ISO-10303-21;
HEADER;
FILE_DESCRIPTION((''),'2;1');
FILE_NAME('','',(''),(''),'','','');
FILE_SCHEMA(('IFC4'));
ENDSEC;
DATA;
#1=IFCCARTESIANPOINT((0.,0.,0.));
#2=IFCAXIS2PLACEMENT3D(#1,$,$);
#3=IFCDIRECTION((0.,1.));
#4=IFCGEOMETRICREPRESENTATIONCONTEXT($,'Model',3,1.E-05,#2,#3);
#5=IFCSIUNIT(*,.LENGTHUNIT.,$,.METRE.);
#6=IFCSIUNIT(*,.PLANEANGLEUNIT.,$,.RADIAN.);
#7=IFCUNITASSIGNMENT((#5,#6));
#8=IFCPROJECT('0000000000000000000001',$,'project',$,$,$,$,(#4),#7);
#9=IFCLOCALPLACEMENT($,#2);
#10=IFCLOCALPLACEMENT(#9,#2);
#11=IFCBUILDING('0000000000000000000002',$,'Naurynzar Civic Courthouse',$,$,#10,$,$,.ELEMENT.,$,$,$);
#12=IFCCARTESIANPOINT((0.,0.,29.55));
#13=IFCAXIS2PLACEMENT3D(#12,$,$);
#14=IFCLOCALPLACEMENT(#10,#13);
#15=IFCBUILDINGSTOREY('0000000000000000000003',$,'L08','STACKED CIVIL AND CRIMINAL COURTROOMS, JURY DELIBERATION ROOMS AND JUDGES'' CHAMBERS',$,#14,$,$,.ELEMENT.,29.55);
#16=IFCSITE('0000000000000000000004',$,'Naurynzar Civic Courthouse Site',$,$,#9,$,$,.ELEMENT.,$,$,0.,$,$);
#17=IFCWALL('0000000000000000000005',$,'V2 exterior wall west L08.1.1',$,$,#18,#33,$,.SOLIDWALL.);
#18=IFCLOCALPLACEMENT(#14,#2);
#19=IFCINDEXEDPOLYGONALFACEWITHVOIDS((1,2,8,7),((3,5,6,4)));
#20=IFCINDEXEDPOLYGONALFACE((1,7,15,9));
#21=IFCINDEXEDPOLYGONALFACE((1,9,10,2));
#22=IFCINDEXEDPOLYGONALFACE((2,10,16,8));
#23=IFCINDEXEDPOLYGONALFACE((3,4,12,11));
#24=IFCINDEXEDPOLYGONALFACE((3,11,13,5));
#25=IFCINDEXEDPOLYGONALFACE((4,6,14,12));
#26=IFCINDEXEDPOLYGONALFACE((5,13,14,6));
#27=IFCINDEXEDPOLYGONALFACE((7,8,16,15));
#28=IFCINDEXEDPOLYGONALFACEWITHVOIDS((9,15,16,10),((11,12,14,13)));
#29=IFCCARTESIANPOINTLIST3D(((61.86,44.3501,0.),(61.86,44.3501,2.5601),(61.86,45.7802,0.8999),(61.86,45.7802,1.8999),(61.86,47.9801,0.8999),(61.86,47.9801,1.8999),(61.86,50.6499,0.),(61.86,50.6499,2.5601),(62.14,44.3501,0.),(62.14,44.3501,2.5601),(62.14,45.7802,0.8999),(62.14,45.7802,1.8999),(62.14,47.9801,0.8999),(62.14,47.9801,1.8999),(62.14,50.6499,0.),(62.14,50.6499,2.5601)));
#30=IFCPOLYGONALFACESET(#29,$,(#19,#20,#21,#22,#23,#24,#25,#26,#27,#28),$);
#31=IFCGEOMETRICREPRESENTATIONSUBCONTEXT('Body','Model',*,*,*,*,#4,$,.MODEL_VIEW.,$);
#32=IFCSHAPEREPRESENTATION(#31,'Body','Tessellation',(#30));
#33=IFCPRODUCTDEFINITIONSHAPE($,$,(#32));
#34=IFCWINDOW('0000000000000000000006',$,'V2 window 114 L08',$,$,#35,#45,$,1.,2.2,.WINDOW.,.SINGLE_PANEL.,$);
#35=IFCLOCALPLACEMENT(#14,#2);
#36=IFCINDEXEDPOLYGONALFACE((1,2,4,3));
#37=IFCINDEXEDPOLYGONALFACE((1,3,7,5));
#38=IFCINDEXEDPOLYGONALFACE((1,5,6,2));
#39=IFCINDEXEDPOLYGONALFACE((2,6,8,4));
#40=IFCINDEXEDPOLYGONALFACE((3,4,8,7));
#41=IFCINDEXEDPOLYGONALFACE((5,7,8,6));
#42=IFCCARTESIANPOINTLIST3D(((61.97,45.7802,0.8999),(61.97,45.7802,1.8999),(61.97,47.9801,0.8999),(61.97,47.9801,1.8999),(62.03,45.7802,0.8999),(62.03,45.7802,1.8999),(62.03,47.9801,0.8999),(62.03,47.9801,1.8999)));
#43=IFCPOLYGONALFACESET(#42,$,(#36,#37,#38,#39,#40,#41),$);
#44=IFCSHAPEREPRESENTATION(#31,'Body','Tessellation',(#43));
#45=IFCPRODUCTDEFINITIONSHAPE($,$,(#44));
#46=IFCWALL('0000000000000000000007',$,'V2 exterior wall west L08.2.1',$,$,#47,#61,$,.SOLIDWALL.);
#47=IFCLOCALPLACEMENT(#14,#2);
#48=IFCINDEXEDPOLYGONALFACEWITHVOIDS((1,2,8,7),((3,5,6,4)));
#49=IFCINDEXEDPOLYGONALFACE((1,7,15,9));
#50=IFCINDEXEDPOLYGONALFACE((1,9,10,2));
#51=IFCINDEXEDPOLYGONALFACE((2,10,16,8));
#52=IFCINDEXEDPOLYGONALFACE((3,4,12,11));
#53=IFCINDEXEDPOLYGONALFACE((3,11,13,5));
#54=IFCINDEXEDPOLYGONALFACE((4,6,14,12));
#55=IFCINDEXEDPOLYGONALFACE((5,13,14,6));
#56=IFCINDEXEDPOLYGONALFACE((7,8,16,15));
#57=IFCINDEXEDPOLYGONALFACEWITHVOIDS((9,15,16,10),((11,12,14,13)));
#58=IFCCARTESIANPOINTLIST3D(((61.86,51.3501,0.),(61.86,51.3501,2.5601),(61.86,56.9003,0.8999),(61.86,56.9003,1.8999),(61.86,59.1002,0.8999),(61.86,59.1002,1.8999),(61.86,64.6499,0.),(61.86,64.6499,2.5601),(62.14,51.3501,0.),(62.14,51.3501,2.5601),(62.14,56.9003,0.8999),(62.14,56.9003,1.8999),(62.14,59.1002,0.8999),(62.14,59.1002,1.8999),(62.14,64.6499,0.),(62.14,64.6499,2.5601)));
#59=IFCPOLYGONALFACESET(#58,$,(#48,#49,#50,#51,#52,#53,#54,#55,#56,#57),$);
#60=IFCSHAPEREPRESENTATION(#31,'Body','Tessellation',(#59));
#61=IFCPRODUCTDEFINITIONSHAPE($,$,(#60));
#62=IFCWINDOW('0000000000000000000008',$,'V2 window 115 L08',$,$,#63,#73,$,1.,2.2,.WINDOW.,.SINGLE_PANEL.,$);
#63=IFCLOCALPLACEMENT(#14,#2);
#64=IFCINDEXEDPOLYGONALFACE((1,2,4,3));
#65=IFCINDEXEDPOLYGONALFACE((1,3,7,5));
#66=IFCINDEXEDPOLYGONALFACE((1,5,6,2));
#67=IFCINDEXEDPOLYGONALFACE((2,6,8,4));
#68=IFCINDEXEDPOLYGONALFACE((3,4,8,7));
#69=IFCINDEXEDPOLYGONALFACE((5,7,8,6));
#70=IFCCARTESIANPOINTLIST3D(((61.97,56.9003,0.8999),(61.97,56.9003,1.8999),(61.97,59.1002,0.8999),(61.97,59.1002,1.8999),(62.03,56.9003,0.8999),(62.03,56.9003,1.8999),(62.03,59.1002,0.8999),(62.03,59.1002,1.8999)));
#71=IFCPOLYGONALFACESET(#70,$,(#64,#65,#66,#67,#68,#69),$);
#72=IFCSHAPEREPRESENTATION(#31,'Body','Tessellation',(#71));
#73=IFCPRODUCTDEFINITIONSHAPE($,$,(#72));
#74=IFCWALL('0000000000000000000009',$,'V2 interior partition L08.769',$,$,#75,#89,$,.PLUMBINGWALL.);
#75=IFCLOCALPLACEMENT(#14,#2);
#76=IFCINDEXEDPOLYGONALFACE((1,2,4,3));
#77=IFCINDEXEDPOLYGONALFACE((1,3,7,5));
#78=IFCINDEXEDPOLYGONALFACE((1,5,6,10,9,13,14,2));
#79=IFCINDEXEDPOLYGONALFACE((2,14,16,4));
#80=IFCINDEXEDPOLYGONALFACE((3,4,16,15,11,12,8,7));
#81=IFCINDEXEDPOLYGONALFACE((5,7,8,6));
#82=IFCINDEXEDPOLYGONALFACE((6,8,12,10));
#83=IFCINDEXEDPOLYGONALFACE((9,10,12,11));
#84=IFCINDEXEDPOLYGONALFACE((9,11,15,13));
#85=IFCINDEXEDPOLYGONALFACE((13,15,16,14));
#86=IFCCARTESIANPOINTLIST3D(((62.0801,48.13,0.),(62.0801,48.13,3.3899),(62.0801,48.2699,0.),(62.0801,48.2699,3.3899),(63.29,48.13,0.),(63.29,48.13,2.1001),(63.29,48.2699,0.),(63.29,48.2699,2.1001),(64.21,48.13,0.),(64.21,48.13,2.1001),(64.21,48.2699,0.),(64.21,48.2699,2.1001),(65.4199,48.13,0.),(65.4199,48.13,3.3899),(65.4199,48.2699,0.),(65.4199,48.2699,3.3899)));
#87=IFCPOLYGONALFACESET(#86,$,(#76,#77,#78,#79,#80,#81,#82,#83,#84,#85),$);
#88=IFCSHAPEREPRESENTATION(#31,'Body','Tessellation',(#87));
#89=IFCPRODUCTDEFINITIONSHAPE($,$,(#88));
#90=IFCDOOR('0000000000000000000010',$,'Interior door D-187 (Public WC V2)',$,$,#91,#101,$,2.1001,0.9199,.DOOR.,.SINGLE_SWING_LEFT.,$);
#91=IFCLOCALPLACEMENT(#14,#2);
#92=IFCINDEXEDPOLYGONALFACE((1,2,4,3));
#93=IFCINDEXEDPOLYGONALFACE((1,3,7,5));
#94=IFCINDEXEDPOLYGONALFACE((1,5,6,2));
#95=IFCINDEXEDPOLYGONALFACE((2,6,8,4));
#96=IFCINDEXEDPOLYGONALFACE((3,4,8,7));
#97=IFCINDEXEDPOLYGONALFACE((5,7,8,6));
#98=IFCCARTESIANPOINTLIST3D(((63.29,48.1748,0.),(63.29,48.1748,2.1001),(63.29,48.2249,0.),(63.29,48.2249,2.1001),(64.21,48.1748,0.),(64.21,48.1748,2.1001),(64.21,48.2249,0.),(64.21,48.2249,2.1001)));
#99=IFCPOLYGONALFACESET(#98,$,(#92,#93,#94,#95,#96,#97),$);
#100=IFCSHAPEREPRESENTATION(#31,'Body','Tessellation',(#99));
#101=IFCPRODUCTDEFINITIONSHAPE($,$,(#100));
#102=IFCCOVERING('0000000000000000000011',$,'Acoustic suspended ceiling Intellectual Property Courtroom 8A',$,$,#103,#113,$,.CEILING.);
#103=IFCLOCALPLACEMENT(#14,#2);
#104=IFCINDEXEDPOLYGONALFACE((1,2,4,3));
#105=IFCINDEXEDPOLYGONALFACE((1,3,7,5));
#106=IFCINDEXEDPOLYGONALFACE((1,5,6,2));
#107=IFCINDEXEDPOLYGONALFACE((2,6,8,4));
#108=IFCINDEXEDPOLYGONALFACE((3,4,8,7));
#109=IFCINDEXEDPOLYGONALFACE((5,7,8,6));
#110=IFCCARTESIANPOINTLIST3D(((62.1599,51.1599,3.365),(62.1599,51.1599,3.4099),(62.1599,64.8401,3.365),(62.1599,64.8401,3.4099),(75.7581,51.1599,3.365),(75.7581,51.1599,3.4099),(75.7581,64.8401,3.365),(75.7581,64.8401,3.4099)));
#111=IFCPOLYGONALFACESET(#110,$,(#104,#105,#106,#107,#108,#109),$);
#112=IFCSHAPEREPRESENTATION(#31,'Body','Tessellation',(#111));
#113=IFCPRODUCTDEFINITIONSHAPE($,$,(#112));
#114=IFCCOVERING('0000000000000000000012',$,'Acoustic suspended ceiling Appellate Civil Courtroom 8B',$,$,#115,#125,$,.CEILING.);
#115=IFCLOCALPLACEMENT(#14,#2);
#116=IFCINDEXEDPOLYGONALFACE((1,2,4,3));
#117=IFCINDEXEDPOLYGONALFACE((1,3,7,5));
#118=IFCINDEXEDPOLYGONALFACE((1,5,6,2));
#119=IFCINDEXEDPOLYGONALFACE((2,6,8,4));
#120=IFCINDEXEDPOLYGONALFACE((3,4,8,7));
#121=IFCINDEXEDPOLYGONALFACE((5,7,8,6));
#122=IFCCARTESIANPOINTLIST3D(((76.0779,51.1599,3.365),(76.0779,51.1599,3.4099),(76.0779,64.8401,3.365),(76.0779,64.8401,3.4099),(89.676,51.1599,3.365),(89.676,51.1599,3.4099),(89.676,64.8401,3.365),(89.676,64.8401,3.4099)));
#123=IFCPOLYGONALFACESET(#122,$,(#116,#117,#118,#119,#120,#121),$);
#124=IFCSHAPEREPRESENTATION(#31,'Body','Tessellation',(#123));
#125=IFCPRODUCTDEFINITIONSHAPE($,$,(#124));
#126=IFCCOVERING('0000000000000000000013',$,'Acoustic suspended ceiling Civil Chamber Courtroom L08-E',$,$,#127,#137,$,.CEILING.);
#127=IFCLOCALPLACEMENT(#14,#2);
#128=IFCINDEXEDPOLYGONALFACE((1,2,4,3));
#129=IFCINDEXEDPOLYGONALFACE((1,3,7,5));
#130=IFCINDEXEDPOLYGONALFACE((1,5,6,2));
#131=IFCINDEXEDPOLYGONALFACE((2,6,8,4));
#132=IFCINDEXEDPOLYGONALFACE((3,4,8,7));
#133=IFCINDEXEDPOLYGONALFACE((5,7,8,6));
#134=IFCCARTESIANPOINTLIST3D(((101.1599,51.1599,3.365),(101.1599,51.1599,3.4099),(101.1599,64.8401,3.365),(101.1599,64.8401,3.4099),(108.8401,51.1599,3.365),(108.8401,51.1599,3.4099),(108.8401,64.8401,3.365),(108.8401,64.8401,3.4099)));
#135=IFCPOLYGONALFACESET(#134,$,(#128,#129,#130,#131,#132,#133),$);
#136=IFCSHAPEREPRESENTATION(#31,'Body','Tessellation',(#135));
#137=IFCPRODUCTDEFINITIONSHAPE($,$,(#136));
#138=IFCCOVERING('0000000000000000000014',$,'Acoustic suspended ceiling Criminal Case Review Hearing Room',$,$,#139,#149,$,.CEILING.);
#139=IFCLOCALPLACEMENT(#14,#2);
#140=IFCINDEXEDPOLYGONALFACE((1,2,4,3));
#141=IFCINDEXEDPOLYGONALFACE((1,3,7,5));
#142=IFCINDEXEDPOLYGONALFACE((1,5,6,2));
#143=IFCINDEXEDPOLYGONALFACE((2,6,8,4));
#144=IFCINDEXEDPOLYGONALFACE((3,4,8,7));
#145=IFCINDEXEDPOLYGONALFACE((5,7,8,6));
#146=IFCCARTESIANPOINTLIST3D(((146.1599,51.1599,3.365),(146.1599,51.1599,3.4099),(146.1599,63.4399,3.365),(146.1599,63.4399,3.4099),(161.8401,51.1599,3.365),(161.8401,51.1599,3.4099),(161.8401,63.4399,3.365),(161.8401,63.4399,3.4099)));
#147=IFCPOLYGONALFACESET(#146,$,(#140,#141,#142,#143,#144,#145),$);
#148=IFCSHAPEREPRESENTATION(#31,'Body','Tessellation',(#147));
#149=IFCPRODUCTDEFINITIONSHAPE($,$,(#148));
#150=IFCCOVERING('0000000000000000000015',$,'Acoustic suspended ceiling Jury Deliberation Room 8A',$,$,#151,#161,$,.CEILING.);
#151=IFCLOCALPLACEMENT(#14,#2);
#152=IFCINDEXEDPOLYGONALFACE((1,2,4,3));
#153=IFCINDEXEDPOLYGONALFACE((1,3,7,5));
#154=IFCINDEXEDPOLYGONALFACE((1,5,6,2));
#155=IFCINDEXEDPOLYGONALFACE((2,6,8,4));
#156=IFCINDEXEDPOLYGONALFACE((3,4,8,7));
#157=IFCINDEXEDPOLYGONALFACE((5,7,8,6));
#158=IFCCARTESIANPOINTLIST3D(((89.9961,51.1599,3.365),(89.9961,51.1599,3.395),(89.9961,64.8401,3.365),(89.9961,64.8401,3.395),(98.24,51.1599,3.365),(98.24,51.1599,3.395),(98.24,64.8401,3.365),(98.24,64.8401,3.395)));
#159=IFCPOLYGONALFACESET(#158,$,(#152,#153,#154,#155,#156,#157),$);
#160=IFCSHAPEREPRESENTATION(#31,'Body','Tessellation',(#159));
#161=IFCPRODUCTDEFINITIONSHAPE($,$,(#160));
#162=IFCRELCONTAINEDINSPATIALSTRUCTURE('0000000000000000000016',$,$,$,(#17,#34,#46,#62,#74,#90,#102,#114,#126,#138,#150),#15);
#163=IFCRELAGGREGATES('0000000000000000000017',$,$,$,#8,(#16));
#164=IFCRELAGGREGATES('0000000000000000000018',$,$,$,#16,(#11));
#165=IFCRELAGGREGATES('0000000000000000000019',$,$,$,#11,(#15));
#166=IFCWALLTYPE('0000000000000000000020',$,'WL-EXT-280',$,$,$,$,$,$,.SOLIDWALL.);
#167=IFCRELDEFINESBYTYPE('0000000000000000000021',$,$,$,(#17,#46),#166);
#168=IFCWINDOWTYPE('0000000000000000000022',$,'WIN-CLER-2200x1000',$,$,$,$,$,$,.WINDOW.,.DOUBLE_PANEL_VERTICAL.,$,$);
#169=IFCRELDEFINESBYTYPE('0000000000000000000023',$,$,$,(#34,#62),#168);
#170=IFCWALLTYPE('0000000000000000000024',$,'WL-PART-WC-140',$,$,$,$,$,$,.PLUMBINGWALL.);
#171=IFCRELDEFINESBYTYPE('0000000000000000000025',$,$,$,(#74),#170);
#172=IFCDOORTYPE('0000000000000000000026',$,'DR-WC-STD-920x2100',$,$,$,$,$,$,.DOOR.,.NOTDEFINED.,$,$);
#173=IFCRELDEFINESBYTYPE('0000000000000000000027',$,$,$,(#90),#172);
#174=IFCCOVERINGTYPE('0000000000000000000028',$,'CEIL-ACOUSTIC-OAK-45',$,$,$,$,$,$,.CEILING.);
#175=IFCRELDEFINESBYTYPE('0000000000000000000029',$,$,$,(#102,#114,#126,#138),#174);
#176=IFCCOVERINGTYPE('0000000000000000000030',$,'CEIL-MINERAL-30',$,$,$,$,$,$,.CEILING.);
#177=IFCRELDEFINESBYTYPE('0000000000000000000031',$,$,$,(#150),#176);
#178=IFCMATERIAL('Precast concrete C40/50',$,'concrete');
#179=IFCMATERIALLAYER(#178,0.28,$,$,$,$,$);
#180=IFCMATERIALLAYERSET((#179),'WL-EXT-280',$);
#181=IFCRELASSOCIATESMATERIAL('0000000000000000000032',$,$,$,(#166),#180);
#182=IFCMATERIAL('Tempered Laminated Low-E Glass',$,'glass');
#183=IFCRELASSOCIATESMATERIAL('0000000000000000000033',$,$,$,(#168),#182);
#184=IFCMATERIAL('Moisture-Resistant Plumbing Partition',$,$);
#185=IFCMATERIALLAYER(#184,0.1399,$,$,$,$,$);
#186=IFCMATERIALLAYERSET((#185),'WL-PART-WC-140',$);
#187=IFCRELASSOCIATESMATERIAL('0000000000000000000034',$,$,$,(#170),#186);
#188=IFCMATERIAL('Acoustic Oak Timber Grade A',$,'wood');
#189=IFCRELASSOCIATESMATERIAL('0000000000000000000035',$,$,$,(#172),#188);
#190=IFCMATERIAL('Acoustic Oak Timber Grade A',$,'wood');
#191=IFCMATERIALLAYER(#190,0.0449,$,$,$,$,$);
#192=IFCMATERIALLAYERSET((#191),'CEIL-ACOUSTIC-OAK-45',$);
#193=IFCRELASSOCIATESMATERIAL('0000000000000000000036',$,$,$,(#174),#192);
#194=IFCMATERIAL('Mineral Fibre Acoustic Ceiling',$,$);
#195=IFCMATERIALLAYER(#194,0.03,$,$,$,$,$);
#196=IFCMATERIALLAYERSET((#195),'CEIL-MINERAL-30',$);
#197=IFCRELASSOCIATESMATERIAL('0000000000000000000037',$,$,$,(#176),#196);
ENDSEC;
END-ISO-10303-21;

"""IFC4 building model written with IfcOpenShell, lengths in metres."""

from ifc_helpers import new_model, si_unit, direction, frame, frame_2d, origin, place, context, subcontext, project, spatial, polyline, rectangle, outline, extrude, material, layer, layer_set, type_object, element, fill, save


model = new_model("IFC4")

# Units and contexts
model_context = context("Model", 3, precision=1e-05, world=origin(), true_north=direction((0.0, 1.0)))
body_context = subcontext(model_context, "Body", "Model", "MODEL_VIEW")
ifc_project = project(units=[si_unit("LENGTHUNIT", "METRE"), si_unit("PLANEANGLEUNIT", "RADIAN")], contexts=[model_context])

# Site, building, storey
site_placement = place(None, origin())
site = spatial("IfcSite", under=ifc_project, at=site_placement, Name="Naurynzar Civic Courthouse Site", CompositionType="ELEMENT", RefElevation=0.0)
building_placement = place(site_placement, origin())
building = spatial("IfcBuilding", under=site, at=building_placement, Name="Naurynzar Civic Courthouse", CompositionType="ELEMENT")
storey_placement = place(building_placement, frame((0.0, 0.0, 29.55)))
storey = spatial("IfcBuildingStorey", under=building, at=storey_placement, Name="L08", Description="STACKED CIVIL AND CRIMINAL COURTROOMS, JURY DELIBERATION ROOMS AND JUDGES' CHAMBERS", CompositionType="ELEMENT", Elevation=29.55)

# Walls, openings, windows
ifc_material_1 = material(Name="Precast concrete C40/50", Category="concrete")
ifc_layer_1 = layer(ifc_material_1, 0.28)
ifc_layer_set_1 = layer_set([ifc_layer_1], Name="WL-EXT-280")
wall_type_1 = type_object("IfcWallType", Name="WL-EXT-280", PredefinedType="SOLIDWALL", material=ifc_layer_set_1)
wall_1_placement = place(storey_placement, frame((62.0, 44.3501, 0.0), z_axis=(0.0, 0.0, 1.0), x_axis=(0.0, 1.0, 0.0)))
wall_1 = element("IfcWall", 1, at=wall_1_placement, inside=storey, type_object=wall_type_1, Name="V2 exterior wall west L08.1.1", PredefinedType="SOLIDWALL", context=body_context, shape_type="SweptSolid", body=[
    extrude(rectangle(XDim=6.2998, YDim=0.28, at=frame_2d((3.1499, 0.0))), origin(), (0.0, 0.0, 1.0), 2.5601),
])
opening_1_placement = place(wall_1_placement, frame((1.4299, 0.0, 0.8999)))
opening_1 = element("IfcOpeningElement", 2, at=opening_1_placement, cuts=wall_1, PredefinedType="OPENING", context=body_context, shape_type="SweptSolid", body=[
    extrude(rectangle(XDim=2.2, YDim=1.0, at=frame_2d((1.1001, 0.5))), frame((0.0, 0.1499, 0.0), z_axis=(0.0, -1.0, 0.0), x_axis=(1.0, 0.0, 0.0)), (0.0, 0.0, 1.0), 0.3),
])
ifc_material_2 = material(Name="Tempered Laminated Low-E Glass", Category="glass")
window_type = type_object("IfcWindowType", Name="WIN-CLER-2200x1000", PartitioningType="DOUBLE_PANEL_VERTICAL", PredefinedType="WINDOW", material=ifc_material_2)
window_1_placement = place(opening_1_placement, origin())
window_1 = element("IfcWindow", 3, at=window_1_placement, inside=storey, type_object=window_type, Name="V2 window 114 L08", OverallHeight=1.0, OverallWidth=2.2, PartitioningType="SINGLE_PANEL", PredefinedType="WINDOW", context=body_context, shape_type="SweptSolid", body=[
    extrude(rectangle(XDim=2.2, YDim=1.0, at=frame_2d((1.1001, 0.5))), frame((0.0, 0.03, 0.0), z_axis=(0.0, -1.0, 0.0), x_axis=(1.0, 0.0, 0.0)), (0.0, 0.0, 1.0), 0.0601),
])
fill(opening_1, window_1)
wall_2_placement = place(storey_placement, frame((62.0, 51.3501, 0.0), z_axis=(0.0, 0.0, 1.0), x_axis=(0.0, 1.0, 0.0)))
wall_2 = element("IfcWall", 4, at=wall_2_placement, inside=storey, type_object=wall_type_1, Name="V2 exterior wall west L08.2.1", PredefinedType="SOLIDWALL", context=body_context, shape_type="SweptSolid", body=[
    extrude(rectangle(XDim=13.2998, YDim=0.28, at=frame_2d((6.6499, 0.0))), origin(), (0.0, 0.0, 1.0), 2.5601),
])
opening_2_placement = place(wall_2_placement, frame((5.55, 0.0, 0.8999)))
opening_2 = element("IfcOpeningElement", 5, at=opening_2_placement, cuts=wall_2, PredefinedType="OPENING", context=body_context, shape_type="SweptSolid", body=[
    extrude(rectangle(XDim=2.2, YDim=1.0, at=frame_2d((1.1001, 0.5))), frame((0.0, 0.1499, 0.0), z_axis=(0.0, -1.0, 0.0), x_axis=(1.0, 0.0, 0.0)), (0.0, 0.0, 1.0), 0.3),
])
window_2_placement = place(opening_2_placement, origin())
window_2 = element("IfcWindow", 6, at=window_2_placement, inside=storey, type_object=window_type, Name="V2 window 115 L08", OverallHeight=1.0, OverallWidth=2.2, PartitioningType="SINGLE_PANEL", PredefinedType="WINDOW", context=body_context, shape_type="SweptSolid", body=[
    extrude(rectangle(XDim=2.2, YDim=1.0, at=frame_2d((1.1001, 0.5))), frame((0.0, 0.03, 0.0), z_axis=(0.0, -1.0, 0.0), x_axis=(1.0, 0.0, 0.0)), (0.0, 0.0, 1.0), 0.0601),
])
fill(opening_2, window_2)

# Wall, opening, door
ifc_material_3 = material(Name="Moisture-Resistant Plumbing Partition")
ifc_layer_2 = layer(ifc_material_3, 0.1399)
ifc_layer_set_2 = layer_set([ifc_layer_2], Name="WL-PART-WC-140")
wall_type_2 = type_object("IfcWallType", Name="WL-PART-WC-140", PredefinedType="PLUMBINGWALL", material=ifc_layer_set_2)
wall_3_placement = place(storey_placement, frame((62.0801, 48.2, 0.0), z_axis=(0.0, 0.0, 1.0), x_axis=(1.0, 0.0, 0.0)))
wall_3 = element("IfcWall", 7, at=wall_3_placement, inside=storey, type_object=wall_type_2, Name="V2 interior partition L08.769", PredefinedType="PLUMBINGWALL", context=body_context, shape_type="SweptSolid", body=[
    extrude(rectangle(XDim=3.3398, YDim=0.1399, at=frame_2d((1.6699, 0.0))), origin(), (0.0, 0.0, 1.0), 3.3899),
])
opening_3_placement = place(wall_3_placement, frame((1.21, 0.0, 0.0)))
opening_3 = element("IfcOpeningElement", 8, at=opening_3_placement, cuts=wall_3, PredefinedType="OPENING", context=body_context, shape_type="SweptSolid", body=[
    extrude(rectangle(XDim=0.9199, YDim=2.1001, at=frame_2d((0.46, 1.05))), frame((0.0, 0.0798, 0.0), z_axis=(0.0, -1.0, 0.0), x_axis=(1.0, 0.0, 0.0)), (0.0, 0.0, 1.0), 0.1599),
])
ifc_material_4 = material(Name="Acoustic Oak Timber Grade A", Category="wood")
door_type = type_object("IfcDoorType", Name="DR-WC-STD-920x2100", OperationType="NOTDEFINED", PredefinedType="DOOR", material=ifc_material_4)
door_placement = place(opening_3_placement, origin())
door = element("IfcDoor", 9, at=door_placement, inside=storey, type_object=door_type, Name="Interior door D-187 (Public WC V2)", OperationType="SINGLE_SWING_LEFT", OverallHeight=2.1001, OverallWidth=0.9199, PredefinedType="DOOR", context=body_context, shape_type="SweptSolid", body=[
    extrude(rectangle(XDim=0.9199, YDim=2.1001, at=frame_2d((0.46, 1.05))), frame((0.0, 0.0249, 0.0), z_axis=(0.0, -1.0, 0.0), x_axis=(1.0, 0.0, 0.0)), (0.0, 0.0, 1.0), 0.05),
])
fill(opening_3, door)

# Coverings
ifc_material_5 = material(Name="Acoustic Oak Timber Grade A", Category="wood")
ifc_layer_3 = layer(ifc_material_5, 0.0449)
ifc_layer_set_3 = layer_set([ifc_layer_3], Name="CEIL-ACOUSTIC-OAK-45")
covering_type_1 = type_object("IfcCoveringType", Name="CEIL-ACOUSTIC-OAK-45", PredefinedType="CEILING", material=ifc_layer_set_3)
covering_1_placement = place(storey_placement, frame((0.0, 0.0, 3.365)))
element("IfcCovering", 10, at=covering_1_placement, inside=storey, type_object=covering_type_1, Name="Acoustic suspended ceiling Intellectual Property Courtroom 8A", PredefinedType="CEILING", context=body_context, shape_type="SweptSolid", body=[
    extrude(outline(polyline([(75.7581, 51.1599), (62.1599, 51.1599), (62.1599, 64.8401), (75.7581, 64.8401), (75.7581, 51.1599)])), origin(), (0.0, 0.0, 1.0), 0.0449),
])
covering_2_placement = place(storey_placement, frame((0.0, 0.0, 3.365)))
element("IfcCovering", 11, at=covering_2_placement, inside=storey, type_object=covering_type_1, Name="Acoustic suspended ceiling Appellate Civil Courtroom 8B", PredefinedType="CEILING", context=body_context, shape_type="SweptSolid", body=[
    extrude(outline(polyline([(89.676, 51.1599), (76.0779, 51.1599), (76.0779, 64.8401), (89.676, 64.8401), (89.676, 51.1599)])), origin(), (0.0, 0.0, 1.0), 0.0449),
])
covering_3_placement = place(storey_placement, frame((0.0, 0.0, 3.365)))
element("IfcCovering", 12, at=covering_3_placement, inside=storey, type_object=covering_type_1, Name="Acoustic suspended ceiling Civil Chamber Courtroom L08-E", PredefinedType="CEILING", context=body_context, shape_type="SweptSolid", body=[
    extrude(outline(polyline([(108.8401, 51.1599), (101.1599, 51.1599), (101.1599, 64.8401), (108.8401, 64.8401), (108.8401, 51.1599)])), origin(), (0.0, 0.0, 1.0), 0.0449),
])
covering_4_placement = place(storey_placement, frame((0.0, 0.0, 3.365)))
element("IfcCovering", 13, at=covering_4_placement, inside=storey, type_object=covering_type_1, Name="Acoustic suspended ceiling Criminal Case Review Hearing Room", PredefinedType="CEILING", context=body_context, shape_type="SweptSolid", body=[
    extrude(outline(polyline([(146.1599, 63.4399), (161.8401, 63.4399), (161.8401, 51.1599), (146.1599, 51.1599), (146.1599, 63.4399)])), origin(), (0.0, 0.0, 1.0), 0.0449),
])
ifc_material_6 = material(Name="Mineral Fibre Acoustic Ceiling")
ifc_layer_4 = layer(ifc_material_6, 0.03)
ifc_layer_set_4 = layer_set([ifc_layer_4], Name="CEIL-MINERAL-30")
covering_type_2 = type_object("IfcCoveringType", Name="CEIL-MINERAL-30", PredefinedType="CEILING", material=ifc_layer_set_4)
covering_5_placement = place(storey_placement, frame((0.0, 0.0, 3.365)))
element("IfcCovering", 14, at=covering_5_placement, inside=storey, type_object=covering_type_2, Name="Acoustic suspended ceiling Jury Deliberation Room 8A", PredefinedType="CEILING", context=body_context, shape_type="SweptSolid", body=[
    extrude(outline(polyline([(98.24, 51.1599), (89.9961, 51.1599), (89.9961, 64.8401), (98.24, 64.8401), (98.24, 51.1599)])), origin(), (0.0, 0.0, 1.0), 0.03),
])

save(model, "model.ifc")
